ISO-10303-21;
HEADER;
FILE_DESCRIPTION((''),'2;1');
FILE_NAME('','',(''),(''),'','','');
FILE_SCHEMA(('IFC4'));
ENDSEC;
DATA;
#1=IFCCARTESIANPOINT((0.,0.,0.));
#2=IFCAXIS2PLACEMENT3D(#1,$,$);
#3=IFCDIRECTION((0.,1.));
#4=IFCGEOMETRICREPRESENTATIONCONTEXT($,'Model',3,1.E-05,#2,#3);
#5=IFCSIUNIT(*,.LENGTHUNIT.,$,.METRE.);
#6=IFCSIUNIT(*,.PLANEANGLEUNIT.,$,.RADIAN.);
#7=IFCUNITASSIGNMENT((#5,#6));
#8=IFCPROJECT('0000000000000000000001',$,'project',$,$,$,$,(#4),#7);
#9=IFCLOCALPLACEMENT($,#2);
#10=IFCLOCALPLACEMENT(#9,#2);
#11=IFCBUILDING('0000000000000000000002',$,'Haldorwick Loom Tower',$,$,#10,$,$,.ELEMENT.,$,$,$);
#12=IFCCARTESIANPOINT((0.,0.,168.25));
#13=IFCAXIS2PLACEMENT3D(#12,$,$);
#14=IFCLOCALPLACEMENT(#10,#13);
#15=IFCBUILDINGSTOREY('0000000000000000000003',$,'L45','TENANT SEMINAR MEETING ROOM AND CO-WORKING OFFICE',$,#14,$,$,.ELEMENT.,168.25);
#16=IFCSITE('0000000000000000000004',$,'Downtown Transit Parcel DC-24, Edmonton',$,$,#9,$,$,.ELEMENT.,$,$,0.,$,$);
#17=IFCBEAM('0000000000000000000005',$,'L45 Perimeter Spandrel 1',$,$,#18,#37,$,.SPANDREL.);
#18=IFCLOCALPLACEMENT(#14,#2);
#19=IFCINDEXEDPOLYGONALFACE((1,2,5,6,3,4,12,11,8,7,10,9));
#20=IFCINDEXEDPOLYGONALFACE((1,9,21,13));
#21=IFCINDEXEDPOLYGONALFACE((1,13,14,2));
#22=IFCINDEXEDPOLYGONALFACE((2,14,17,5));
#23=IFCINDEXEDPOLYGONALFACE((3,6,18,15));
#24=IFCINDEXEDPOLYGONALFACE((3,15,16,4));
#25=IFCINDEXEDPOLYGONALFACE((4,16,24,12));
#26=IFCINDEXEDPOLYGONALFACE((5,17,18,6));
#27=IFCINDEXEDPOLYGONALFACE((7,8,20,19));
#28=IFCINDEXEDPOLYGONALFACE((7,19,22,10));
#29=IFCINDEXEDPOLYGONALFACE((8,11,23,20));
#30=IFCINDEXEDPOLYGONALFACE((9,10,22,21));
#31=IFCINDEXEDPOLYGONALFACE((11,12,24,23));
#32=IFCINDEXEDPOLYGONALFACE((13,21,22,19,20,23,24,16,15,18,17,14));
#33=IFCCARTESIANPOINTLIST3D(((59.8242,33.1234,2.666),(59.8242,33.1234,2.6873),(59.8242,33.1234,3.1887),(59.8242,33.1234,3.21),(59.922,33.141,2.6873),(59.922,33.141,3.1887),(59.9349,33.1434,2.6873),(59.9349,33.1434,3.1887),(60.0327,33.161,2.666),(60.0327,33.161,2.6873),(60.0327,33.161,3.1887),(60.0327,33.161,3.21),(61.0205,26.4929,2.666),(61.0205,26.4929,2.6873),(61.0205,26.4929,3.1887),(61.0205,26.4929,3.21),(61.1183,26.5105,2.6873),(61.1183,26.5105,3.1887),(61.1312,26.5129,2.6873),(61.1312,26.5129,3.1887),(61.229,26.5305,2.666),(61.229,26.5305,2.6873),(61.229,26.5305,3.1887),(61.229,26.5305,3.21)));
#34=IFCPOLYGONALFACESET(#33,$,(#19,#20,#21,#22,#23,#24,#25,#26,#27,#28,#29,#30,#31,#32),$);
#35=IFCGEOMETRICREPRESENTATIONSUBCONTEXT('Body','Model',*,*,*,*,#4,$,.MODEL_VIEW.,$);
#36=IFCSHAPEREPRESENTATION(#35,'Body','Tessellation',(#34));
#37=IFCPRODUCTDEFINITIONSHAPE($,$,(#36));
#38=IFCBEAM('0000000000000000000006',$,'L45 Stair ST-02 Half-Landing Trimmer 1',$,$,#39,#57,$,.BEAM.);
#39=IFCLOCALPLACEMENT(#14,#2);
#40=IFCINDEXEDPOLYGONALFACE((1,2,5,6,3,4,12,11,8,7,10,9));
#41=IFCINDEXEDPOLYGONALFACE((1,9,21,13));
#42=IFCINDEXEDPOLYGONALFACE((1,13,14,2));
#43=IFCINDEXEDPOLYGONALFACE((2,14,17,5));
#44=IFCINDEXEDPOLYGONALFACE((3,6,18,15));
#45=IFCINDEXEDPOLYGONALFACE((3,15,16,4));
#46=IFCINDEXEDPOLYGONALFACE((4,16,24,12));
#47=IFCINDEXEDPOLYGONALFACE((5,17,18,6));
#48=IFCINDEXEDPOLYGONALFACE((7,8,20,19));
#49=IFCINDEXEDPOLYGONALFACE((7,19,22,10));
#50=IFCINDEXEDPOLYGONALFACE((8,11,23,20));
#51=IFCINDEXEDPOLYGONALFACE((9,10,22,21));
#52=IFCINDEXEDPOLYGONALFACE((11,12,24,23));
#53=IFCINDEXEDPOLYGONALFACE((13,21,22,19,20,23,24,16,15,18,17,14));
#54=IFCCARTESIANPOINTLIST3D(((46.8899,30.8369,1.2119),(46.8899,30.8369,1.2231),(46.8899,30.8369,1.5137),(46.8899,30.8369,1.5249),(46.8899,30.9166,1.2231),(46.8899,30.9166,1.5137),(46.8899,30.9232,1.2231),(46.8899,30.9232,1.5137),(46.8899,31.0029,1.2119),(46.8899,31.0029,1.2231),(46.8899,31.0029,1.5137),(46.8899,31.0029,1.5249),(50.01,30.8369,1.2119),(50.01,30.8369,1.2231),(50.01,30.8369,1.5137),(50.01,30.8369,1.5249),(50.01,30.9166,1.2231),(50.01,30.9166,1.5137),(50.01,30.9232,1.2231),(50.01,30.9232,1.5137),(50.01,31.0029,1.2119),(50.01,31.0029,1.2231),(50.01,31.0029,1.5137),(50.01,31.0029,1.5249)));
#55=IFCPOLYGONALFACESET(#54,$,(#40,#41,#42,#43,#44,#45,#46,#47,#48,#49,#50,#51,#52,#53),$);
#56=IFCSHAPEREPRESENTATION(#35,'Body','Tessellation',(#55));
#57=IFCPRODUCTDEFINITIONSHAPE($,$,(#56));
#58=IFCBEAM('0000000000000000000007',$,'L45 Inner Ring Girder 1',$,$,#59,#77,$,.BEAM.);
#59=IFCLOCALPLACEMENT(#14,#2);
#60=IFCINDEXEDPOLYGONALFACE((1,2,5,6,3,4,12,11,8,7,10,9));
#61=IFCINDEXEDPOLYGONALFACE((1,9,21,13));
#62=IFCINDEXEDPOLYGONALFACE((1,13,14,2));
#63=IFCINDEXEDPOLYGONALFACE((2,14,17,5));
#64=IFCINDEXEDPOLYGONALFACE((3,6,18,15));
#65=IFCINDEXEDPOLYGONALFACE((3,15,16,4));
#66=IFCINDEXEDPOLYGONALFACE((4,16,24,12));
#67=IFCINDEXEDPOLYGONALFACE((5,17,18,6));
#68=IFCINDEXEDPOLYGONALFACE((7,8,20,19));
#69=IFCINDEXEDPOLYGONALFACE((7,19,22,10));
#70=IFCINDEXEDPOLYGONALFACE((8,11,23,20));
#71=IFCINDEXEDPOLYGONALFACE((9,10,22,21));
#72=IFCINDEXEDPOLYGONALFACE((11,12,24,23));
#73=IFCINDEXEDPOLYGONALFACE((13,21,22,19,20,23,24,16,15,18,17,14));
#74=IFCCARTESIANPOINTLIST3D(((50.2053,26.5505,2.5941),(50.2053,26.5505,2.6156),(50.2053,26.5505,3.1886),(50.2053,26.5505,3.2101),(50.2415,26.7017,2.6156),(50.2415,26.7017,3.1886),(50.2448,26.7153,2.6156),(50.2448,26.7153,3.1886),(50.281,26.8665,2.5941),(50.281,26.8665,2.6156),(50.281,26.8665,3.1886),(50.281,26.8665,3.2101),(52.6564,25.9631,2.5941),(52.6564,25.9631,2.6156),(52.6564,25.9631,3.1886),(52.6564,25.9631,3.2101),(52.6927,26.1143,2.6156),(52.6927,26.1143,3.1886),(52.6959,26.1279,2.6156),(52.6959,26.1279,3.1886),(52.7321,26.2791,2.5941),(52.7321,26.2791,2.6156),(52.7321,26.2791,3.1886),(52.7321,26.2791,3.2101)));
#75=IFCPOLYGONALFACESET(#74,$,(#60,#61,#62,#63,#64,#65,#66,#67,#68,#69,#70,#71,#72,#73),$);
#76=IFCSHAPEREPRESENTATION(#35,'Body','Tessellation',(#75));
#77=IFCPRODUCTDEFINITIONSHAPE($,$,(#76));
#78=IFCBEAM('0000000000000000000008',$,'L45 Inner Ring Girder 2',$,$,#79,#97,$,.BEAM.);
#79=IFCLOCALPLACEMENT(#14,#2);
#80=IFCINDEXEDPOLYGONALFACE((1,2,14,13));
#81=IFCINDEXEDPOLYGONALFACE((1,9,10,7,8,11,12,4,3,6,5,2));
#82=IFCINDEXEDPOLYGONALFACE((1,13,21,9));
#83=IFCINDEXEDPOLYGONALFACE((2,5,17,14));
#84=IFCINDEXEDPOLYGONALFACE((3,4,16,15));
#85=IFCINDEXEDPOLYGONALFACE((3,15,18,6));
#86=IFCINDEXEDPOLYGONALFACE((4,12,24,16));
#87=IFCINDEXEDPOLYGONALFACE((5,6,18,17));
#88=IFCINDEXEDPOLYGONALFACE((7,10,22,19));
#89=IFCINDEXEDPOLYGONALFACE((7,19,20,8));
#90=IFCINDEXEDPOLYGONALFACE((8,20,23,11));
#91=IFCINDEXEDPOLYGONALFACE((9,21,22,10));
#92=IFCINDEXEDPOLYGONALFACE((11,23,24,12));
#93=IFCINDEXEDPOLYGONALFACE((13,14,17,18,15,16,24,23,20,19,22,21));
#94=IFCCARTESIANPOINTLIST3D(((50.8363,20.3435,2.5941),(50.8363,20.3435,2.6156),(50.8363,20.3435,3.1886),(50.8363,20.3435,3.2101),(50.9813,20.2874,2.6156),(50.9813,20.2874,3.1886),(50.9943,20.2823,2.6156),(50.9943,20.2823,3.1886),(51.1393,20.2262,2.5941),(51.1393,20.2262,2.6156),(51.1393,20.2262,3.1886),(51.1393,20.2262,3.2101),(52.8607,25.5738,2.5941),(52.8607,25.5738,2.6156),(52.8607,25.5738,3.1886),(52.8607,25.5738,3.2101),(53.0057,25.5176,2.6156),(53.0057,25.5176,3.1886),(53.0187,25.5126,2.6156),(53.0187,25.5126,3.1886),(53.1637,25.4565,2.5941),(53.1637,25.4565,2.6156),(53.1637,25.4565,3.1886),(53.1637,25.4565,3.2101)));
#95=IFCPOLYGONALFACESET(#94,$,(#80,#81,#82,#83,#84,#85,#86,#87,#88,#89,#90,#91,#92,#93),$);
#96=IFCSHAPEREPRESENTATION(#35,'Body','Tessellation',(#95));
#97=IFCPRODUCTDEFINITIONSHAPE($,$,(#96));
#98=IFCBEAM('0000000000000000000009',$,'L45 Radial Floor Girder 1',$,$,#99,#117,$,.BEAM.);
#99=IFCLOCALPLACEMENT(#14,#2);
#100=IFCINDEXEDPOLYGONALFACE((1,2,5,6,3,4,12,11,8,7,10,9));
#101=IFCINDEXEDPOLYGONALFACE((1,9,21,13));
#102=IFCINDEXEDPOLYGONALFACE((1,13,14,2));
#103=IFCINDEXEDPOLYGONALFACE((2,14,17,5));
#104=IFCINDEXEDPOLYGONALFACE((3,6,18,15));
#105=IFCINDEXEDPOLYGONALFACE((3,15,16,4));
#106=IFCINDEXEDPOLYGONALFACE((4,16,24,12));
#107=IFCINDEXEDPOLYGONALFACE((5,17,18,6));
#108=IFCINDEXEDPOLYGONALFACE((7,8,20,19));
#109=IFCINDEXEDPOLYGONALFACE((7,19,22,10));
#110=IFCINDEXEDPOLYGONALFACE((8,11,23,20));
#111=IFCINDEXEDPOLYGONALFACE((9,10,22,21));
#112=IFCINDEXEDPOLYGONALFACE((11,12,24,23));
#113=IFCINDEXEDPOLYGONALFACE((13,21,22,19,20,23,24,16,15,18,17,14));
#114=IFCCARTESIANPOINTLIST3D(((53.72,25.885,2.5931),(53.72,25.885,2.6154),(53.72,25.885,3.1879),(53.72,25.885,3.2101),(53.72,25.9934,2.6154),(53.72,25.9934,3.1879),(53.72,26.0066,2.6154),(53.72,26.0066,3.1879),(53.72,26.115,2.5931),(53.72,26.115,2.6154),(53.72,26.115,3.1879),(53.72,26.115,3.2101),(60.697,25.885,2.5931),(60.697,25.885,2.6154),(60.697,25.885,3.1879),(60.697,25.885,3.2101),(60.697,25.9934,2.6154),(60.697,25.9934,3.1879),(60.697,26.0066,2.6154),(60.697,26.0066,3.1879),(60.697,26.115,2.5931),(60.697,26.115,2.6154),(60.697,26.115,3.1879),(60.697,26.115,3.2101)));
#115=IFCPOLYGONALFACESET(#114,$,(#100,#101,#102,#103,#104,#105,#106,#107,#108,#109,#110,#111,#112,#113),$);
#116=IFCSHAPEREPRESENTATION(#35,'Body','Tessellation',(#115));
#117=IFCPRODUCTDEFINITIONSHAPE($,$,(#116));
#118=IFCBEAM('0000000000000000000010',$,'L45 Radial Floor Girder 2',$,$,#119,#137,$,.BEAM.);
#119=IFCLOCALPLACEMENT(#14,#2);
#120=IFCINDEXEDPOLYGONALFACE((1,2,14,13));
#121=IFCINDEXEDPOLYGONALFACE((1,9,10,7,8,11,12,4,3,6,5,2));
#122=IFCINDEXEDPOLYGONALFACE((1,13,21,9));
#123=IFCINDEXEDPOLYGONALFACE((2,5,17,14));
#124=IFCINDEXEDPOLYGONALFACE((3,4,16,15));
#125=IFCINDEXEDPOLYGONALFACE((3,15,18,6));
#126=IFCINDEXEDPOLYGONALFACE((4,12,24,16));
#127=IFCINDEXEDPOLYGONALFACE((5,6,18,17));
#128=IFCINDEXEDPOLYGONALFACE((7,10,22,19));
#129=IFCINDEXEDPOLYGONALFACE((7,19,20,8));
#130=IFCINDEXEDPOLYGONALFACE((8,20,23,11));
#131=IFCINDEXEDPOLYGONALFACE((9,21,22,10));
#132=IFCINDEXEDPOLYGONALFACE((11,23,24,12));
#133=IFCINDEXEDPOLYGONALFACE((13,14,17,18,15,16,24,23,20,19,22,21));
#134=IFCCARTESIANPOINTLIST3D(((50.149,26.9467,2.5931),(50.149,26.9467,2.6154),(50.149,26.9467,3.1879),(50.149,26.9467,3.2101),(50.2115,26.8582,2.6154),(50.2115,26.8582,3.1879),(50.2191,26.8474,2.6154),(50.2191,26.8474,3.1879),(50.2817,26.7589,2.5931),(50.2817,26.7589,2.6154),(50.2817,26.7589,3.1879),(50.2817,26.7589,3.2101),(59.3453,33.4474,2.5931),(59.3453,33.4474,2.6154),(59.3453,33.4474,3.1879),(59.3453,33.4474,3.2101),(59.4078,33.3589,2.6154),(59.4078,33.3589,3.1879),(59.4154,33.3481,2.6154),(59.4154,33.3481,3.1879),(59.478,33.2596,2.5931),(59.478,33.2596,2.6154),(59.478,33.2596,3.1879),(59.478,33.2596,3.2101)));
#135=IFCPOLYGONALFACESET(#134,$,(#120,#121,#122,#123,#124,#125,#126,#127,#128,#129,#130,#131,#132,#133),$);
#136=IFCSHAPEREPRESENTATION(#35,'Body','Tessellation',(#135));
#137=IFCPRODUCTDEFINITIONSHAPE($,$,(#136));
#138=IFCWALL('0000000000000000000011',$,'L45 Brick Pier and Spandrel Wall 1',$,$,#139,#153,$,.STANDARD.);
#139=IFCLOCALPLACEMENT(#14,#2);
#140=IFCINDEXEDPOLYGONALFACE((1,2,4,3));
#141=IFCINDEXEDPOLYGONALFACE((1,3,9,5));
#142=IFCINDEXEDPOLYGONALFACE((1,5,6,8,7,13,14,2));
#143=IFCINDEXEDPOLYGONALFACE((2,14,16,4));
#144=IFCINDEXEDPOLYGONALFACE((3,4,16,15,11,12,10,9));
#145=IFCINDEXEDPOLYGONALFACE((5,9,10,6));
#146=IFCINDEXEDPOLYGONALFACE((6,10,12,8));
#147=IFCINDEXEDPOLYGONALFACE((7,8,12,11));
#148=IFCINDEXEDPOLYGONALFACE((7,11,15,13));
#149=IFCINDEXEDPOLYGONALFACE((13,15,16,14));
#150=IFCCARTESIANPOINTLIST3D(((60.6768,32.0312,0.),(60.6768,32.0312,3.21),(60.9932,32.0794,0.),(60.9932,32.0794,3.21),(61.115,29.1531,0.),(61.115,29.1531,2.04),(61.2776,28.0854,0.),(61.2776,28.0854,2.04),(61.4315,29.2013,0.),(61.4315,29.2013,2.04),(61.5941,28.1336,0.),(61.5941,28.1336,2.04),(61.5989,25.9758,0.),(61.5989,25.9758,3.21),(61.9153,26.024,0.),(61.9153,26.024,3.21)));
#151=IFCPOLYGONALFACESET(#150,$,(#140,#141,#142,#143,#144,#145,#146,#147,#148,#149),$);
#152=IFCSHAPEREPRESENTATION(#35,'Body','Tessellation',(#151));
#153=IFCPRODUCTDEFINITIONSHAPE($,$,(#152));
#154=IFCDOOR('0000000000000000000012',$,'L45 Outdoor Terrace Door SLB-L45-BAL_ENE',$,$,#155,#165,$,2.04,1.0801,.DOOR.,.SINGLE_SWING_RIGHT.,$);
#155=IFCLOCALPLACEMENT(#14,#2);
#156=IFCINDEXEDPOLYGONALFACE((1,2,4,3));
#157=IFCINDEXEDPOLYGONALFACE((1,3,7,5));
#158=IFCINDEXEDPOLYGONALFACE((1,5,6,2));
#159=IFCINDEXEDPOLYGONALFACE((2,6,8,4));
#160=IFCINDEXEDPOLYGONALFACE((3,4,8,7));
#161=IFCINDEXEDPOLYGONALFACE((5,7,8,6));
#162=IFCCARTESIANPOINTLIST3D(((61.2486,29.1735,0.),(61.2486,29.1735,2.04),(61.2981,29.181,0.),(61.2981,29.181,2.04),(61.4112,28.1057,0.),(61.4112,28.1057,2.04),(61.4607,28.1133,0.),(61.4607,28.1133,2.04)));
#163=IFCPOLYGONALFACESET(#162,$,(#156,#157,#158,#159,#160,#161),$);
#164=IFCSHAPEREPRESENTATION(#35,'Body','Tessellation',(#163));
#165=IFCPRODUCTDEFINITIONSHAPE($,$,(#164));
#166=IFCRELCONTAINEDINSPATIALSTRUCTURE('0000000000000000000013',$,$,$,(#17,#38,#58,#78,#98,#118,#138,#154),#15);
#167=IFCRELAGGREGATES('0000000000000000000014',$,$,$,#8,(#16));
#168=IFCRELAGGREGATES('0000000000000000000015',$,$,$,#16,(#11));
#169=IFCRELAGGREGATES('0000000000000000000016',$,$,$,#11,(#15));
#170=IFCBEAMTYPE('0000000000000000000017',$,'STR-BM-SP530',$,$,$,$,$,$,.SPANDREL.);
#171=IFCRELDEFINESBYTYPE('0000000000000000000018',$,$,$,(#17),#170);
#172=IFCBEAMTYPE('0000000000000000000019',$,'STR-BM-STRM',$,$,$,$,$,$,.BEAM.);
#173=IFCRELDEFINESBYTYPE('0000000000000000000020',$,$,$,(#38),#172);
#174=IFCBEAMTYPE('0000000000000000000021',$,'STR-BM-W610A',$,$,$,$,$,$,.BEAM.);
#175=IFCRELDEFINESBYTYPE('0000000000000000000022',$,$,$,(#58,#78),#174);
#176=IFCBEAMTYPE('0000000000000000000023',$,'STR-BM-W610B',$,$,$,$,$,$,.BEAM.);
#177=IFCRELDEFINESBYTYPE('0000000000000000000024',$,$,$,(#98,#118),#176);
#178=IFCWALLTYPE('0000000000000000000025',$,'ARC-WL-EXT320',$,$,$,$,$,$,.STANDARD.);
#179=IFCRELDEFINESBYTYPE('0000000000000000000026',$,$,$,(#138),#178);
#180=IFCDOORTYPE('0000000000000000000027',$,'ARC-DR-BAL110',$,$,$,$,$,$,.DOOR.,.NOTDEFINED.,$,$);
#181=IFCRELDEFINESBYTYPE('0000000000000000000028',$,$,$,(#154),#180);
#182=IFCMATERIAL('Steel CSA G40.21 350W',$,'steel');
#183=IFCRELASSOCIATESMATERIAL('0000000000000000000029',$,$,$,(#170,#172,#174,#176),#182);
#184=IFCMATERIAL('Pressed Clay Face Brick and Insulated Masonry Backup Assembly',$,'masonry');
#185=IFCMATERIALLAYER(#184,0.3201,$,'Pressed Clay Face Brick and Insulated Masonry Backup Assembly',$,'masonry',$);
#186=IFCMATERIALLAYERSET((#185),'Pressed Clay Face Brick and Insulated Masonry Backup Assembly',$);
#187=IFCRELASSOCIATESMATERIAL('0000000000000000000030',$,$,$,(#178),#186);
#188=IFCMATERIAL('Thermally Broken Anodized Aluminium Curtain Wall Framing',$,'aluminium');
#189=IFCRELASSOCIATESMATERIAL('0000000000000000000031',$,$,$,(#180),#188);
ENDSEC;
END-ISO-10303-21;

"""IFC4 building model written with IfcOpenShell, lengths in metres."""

from ifc_helpers import new_model, si_unit, direction, frame, frame_2d, origin, origin_2d, place, context, subcontext, project, spatial, rectangle, i_section, extrude, material, layer, layer_set, material_profile, profile_set, type_object, element, fill, save


model = new_model("IFC4")

# Units and contexts
model_context = context("Model", 3, precision=1e-05, world=origin(), true_north=direction((0.0, 1.0)))
body_context = subcontext(model_context, "Body", "Model", "MODEL_VIEW")
ifc_project = project(units=[si_unit("LENGTHUNIT", "METRE"), si_unit("PLANEANGLEUNIT", "RADIAN")], contexts=[model_context])

# Site, building, storey
site_placement = place(None, origin())
site = spatial("IfcSite", under=ifc_project, at=site_placement, Name="Downtown Transit Parcel DC-24, Edmonton", CompositionType="ELEMENT", RefElevation=0.0)
building_placement = place(site_placement, origin())
building = spatial("IfcBuilding", under=site, at=building_placement, Name="Haldorwick Loom Tower", CompositionType="ELEMENT")
storey_placement = place(building_placement, frame((0.0, 0.0, 168.25)))
storey = spatial("IfcBuildingStorey", under=building, at=storey_placement, Name="L45", Description="TENANT SEMINAR MEETING ROOM AND CO-WORKING OFFICE", CompositionType="ELEMENT", Elevation=168.25)

# Shared definitions
ifc_material_1 = material(Name="Steel CSA G40.21 350W", Category="steel")

# Beams
ifc_material_profile_1 = material_profile(ifc_material_1, i_section(OverallWidth=0.2119, OverallDepth=0.5439, WebThickness=0.0132, FlangeThickness=0.0212, at=origin_2d()), Name="W530X123", Category="steel")
ifc_profile_set_1 = profile_set([ifc_material_profile_1], Name="Steel CSA G40.21 350W")
beam_type_1 = type_object("IfcBeamType", Name="STR-BM-SP530", PredefinedType="SPANDREL", material=ifc_profile_set_1)
beam_1_placement = place(storey_placement, frame((61.1248, 26.5117, 2.938), z_axis=(-0.177559, 0.98411, 0.0), x_axis=(-0.98411, -0.177559, 0.0)))
element("IfcBeam", 1, at=beam_1_placement, inside=storey, type_object=beam_type_1, Name="L45 Perimeter Spandrel 1", PredefinedType="SPANDREL", context=body_context, shape_type="SweptSolid", body=[
    extrude(i_section(OverallWidth=0.2119, OverallDepth=0.5439, WebThickness=0.0132, FlangeThickness=0.0212, at=origin_2d()), origin(), (0.0, 0.0, 1.0), 6.7375),
])
ifc_material_profile_2 = material_profile(ifc_material_1, i_section(OverallWidth=0.166, OverallDepth=0.313, WebThickness=0.0066, FlangeThickness=0.0112, at=origin_2d()), Name="W310X45", Category="steel")
ifc_profile_set_2 = profile_set([ifc_material_profile_2], Name="Steel CSA G40.21 350W")
beam_type_2 = type_object("IfcBeamType", Name="STR-BM-STRM", PredefinedType="BEAM", material=ifc_profile_set_2)
beam_2_placement = place(storey_placement, frame((46.8899, 30.9199, 1.3684), z_axis=(1.0, 0.0, 0.0), x_axis=(0.0, 1.0, 0.0)))
element("IfcBeam", 2, at=beam_2_placement, inside=storey, type_object=beam_type_2, Name="L45 Stair ST-02 Half-Landing Trimmer 1", PredefinedType="BEAM", context=body_context, shape_type="SweptSolid", body=[
    extrude(i_section(OverallWidth=0.166, OverallDepth=0.313, WebThickness=0.0066, FlangeThickness=0.0112, at=origin_2d()), origin(), (0.0, 0.0, 1.0), 3.1201),
])
ifc_material_profile_3 = material_profile(ifc_material_1, i_section(OverallWidth=0.325, OverallDepth=0.616, WebThickness=0.0139, FlangeThickness=0.0215, at=origin_2d()), Name="W610X174", Category="steel")
ifc_profile_set_3 = profile_set([ifc_material_profile_3], Name="Steel CSA G40.21 350W")
beam_type_3 = type_object("IfcBeamType", Name="STR-BM-W610A", PredefinedType="BEAM", material=ifc_profile_set_3)
beam_3_placement = place(storey_placement, frame((50.2432, 26.7085, 2.9021), z_axis=(0.972466, -0.233043, 0.0), x_axis=(0.233043, 0.972466, 0.0)))
element("IfcBeam", 3, at=beam_3_placement, inside=storey, type_object=beam_type_3, Name="L45 Inner Ring Girder 1", PredefinedType="BEAM", context=body_context, shape_type="SweptSolid", body=[
    extrude(i_section(OverallWidth=0.325, OverallDepth=0.616, WebThickness=0.0139, FlangeThickness=0.0215, at=origin_2d()), origin(), (0.0, 0.0, 1.0), 2.5205),
])
beam_4_placement = place(storey_placement, frame((53.0122, 25.5151, 2.9021), z_axis=(-0.360965, -0.932579, 0.0), x_axis=(0.932579, -0.360965, 0.0)))
element("IfcBeam", 4, at=beam_4_placement, inside=storey, type_object=beam_type_3, Name="L45 Inner Ring Girder 2", PredefinedType="BEAM", context=body_context, shape_type="SweptSolid", body=[
    extrude(i_section(OverallWidth=0.325, OverallDepth=0.616, WebThickness=0.0139, FlangeThickness=0.0215, at=origin_2d()), origin(), (0.0, 0.0, 1.0), 5.6084),
])
ifc_material_profile_4 = material_profile(ifc_material_1, i_section(OverallWidth=0.23, OverallDepth=0.6169, WebThickness=0.0132, FlangeThickness=0.0222, at=origin_2d()), Name="W610X140", Category="steel")
ifc_profile_set_4 = profile_set([ifc_material_profile_4], Name="Steel CSA G40.21 350W")
beam_type_4 = type_object("IfcBeamType", Name="STR-BM-W610B", PredefinedType="BEAM", material=ifc_profile_set_4)
beam_5_placement = place(storey_placement, frame((53.72, 26.0, 2.9016), z_axis=(1.0, 0.0, 0.0), x_axis=(0.0, 1.0, 0.0)))
element("IfcBeam", 5, at=beam_5_placement, inside=storey, type_object=beam_type_4, Name="L45 Radial Floor Girder 1", PredefinedType="BEAM", context=body_context, shape_type="SweptSolid", body=[
    extrude(i_section(OverallWidth=0.23, OverallDepth=0.6169, WebThickness=0.0132, FlangeThickness=0.0222, at=origin_2d()), origin(), (0.0, 0.0, 1.0), 6.9771),
])
beam_6_placement = place(storey_placement, frame((50.2153, 26.8528, 2.9016), z_axis=(0.816581, 0.57723, 0.0), x_axis=(-0.57723, 0.816581, 0.0)))
element("IfcBeam", 6, at=beam_6_placement, inside=storey, type_object=beam_type_4, Name="L45 Radial Floor Girder 2", PredefinedType="BEAM", context=body_context, shape_type="SweptSolid", body=[
    extrude(i_section(OverallWidth=0.23, OverallDepth=0.6169, WebThickness=0.0132, FlangeThickness=0.0222, at=origin_2d()), origin(), (0.0, 0.0, 1.0), 11.262),
])

# Wall, opening, door
ifc_material_2 = material(Name="Pressed Clay Face Brick and Insulated Masonry Backup Assembly", Category="masonry")
ifc_layer_1 = layer(ifc_material_2, 0.3201, Name="Pressed Clay Face Brick and Insulated Masonry Backup Assembly", Category="masonry")
ifc_layer_set_1 = layer_set([ifc_layer_1], Name="Pressed Clay Face Brick and Insulated Masonry Backup Assembly")
wall_type_1 = type_object("IfcWallType", Name="ARC-WL-EXT320", PredefinedType="STANDARD", material=ifc_layer_set_1)
wall_1_placement = place(storey_placement, frame((61.7571, 26.0, 0.0), z_axis=(0.0, 0.0, 1.0), x_axis=(-0.150544, 0.988603, 0.0)))
wall_1 = element("IfcWall", 7, at=wall_1_placement, inside=storey, type_object=wall_type_1, Name="L45 Brick Pier and Spandrel Wall 1", PredefinedType="STANDARD", context=body_context, shape_type="SweptSolid", body=[
    extrude(rectangle(XDim=6.1252, YDim=0.3201, at=frame_2d((3.0625, 0.0))), origin(), (0.0, 0.0, 1.0), 3.21),
])
opening_1_placement = place(wall_1_placement, frame((2.1338, 0.0, 0.0)))
opening_1 = element("IfcOpeningElement", 8, at=opening_1_placement, cuts=wall_1, PredefinedType="OPENING", context=body_context, shape_type="SweptSolid", body=[
    extrude(rectangle(XDim=1.0801, YDim=2.04, at=frame_2d((0.54, 1.02))), frame((0.0, 0.1699, 0.0), z_axis=(0.0, -1.0, 0.0), x_axis=(1.0, 0.0, 0.0)), (0.0, 0.0, 1.0), 0.3401),
])
ifc_material_3 = material(Name="Thermally Broken Anodized Aluminium Curtain Wall Framing", Category="aluminium")
door_type_1 = type_object("IfcDoorType", Name="ARC-DR-BAL110", OperationType="NOTDEFINED", PredefinedType="DOOR", material=ifc_material_3)
door_1_placement = place(opening_1_placement, origin())
door_1 = element("IfcDoor", 9, at=door_1_placement, inside=storey, type_object=door_type_1, Name="L45 Outdoor Terrace Door SLB-L45-BAL_ENE", OperationType="SINGLE_SWING_RIGHT", OverallHeight=2.04, OverallWidth=1.0801, PredefinedType="DOOR", context=body_context, shape_type="SweptSolid", body=[
    extrude(rectangle(XDim=1.0801, YDim=2.04, at=frame_2d((0.54, 1.02))), frame((0.0, 0.0249, 0.0), z_axis=(0.0, -1.0, 0.0), x_axis=(1.0, 0.0, 0.0)), (0.0, 0.0, 1.0), 0.05),
])
fill(opening_1, door_1)

save(model, "model.ifc")
